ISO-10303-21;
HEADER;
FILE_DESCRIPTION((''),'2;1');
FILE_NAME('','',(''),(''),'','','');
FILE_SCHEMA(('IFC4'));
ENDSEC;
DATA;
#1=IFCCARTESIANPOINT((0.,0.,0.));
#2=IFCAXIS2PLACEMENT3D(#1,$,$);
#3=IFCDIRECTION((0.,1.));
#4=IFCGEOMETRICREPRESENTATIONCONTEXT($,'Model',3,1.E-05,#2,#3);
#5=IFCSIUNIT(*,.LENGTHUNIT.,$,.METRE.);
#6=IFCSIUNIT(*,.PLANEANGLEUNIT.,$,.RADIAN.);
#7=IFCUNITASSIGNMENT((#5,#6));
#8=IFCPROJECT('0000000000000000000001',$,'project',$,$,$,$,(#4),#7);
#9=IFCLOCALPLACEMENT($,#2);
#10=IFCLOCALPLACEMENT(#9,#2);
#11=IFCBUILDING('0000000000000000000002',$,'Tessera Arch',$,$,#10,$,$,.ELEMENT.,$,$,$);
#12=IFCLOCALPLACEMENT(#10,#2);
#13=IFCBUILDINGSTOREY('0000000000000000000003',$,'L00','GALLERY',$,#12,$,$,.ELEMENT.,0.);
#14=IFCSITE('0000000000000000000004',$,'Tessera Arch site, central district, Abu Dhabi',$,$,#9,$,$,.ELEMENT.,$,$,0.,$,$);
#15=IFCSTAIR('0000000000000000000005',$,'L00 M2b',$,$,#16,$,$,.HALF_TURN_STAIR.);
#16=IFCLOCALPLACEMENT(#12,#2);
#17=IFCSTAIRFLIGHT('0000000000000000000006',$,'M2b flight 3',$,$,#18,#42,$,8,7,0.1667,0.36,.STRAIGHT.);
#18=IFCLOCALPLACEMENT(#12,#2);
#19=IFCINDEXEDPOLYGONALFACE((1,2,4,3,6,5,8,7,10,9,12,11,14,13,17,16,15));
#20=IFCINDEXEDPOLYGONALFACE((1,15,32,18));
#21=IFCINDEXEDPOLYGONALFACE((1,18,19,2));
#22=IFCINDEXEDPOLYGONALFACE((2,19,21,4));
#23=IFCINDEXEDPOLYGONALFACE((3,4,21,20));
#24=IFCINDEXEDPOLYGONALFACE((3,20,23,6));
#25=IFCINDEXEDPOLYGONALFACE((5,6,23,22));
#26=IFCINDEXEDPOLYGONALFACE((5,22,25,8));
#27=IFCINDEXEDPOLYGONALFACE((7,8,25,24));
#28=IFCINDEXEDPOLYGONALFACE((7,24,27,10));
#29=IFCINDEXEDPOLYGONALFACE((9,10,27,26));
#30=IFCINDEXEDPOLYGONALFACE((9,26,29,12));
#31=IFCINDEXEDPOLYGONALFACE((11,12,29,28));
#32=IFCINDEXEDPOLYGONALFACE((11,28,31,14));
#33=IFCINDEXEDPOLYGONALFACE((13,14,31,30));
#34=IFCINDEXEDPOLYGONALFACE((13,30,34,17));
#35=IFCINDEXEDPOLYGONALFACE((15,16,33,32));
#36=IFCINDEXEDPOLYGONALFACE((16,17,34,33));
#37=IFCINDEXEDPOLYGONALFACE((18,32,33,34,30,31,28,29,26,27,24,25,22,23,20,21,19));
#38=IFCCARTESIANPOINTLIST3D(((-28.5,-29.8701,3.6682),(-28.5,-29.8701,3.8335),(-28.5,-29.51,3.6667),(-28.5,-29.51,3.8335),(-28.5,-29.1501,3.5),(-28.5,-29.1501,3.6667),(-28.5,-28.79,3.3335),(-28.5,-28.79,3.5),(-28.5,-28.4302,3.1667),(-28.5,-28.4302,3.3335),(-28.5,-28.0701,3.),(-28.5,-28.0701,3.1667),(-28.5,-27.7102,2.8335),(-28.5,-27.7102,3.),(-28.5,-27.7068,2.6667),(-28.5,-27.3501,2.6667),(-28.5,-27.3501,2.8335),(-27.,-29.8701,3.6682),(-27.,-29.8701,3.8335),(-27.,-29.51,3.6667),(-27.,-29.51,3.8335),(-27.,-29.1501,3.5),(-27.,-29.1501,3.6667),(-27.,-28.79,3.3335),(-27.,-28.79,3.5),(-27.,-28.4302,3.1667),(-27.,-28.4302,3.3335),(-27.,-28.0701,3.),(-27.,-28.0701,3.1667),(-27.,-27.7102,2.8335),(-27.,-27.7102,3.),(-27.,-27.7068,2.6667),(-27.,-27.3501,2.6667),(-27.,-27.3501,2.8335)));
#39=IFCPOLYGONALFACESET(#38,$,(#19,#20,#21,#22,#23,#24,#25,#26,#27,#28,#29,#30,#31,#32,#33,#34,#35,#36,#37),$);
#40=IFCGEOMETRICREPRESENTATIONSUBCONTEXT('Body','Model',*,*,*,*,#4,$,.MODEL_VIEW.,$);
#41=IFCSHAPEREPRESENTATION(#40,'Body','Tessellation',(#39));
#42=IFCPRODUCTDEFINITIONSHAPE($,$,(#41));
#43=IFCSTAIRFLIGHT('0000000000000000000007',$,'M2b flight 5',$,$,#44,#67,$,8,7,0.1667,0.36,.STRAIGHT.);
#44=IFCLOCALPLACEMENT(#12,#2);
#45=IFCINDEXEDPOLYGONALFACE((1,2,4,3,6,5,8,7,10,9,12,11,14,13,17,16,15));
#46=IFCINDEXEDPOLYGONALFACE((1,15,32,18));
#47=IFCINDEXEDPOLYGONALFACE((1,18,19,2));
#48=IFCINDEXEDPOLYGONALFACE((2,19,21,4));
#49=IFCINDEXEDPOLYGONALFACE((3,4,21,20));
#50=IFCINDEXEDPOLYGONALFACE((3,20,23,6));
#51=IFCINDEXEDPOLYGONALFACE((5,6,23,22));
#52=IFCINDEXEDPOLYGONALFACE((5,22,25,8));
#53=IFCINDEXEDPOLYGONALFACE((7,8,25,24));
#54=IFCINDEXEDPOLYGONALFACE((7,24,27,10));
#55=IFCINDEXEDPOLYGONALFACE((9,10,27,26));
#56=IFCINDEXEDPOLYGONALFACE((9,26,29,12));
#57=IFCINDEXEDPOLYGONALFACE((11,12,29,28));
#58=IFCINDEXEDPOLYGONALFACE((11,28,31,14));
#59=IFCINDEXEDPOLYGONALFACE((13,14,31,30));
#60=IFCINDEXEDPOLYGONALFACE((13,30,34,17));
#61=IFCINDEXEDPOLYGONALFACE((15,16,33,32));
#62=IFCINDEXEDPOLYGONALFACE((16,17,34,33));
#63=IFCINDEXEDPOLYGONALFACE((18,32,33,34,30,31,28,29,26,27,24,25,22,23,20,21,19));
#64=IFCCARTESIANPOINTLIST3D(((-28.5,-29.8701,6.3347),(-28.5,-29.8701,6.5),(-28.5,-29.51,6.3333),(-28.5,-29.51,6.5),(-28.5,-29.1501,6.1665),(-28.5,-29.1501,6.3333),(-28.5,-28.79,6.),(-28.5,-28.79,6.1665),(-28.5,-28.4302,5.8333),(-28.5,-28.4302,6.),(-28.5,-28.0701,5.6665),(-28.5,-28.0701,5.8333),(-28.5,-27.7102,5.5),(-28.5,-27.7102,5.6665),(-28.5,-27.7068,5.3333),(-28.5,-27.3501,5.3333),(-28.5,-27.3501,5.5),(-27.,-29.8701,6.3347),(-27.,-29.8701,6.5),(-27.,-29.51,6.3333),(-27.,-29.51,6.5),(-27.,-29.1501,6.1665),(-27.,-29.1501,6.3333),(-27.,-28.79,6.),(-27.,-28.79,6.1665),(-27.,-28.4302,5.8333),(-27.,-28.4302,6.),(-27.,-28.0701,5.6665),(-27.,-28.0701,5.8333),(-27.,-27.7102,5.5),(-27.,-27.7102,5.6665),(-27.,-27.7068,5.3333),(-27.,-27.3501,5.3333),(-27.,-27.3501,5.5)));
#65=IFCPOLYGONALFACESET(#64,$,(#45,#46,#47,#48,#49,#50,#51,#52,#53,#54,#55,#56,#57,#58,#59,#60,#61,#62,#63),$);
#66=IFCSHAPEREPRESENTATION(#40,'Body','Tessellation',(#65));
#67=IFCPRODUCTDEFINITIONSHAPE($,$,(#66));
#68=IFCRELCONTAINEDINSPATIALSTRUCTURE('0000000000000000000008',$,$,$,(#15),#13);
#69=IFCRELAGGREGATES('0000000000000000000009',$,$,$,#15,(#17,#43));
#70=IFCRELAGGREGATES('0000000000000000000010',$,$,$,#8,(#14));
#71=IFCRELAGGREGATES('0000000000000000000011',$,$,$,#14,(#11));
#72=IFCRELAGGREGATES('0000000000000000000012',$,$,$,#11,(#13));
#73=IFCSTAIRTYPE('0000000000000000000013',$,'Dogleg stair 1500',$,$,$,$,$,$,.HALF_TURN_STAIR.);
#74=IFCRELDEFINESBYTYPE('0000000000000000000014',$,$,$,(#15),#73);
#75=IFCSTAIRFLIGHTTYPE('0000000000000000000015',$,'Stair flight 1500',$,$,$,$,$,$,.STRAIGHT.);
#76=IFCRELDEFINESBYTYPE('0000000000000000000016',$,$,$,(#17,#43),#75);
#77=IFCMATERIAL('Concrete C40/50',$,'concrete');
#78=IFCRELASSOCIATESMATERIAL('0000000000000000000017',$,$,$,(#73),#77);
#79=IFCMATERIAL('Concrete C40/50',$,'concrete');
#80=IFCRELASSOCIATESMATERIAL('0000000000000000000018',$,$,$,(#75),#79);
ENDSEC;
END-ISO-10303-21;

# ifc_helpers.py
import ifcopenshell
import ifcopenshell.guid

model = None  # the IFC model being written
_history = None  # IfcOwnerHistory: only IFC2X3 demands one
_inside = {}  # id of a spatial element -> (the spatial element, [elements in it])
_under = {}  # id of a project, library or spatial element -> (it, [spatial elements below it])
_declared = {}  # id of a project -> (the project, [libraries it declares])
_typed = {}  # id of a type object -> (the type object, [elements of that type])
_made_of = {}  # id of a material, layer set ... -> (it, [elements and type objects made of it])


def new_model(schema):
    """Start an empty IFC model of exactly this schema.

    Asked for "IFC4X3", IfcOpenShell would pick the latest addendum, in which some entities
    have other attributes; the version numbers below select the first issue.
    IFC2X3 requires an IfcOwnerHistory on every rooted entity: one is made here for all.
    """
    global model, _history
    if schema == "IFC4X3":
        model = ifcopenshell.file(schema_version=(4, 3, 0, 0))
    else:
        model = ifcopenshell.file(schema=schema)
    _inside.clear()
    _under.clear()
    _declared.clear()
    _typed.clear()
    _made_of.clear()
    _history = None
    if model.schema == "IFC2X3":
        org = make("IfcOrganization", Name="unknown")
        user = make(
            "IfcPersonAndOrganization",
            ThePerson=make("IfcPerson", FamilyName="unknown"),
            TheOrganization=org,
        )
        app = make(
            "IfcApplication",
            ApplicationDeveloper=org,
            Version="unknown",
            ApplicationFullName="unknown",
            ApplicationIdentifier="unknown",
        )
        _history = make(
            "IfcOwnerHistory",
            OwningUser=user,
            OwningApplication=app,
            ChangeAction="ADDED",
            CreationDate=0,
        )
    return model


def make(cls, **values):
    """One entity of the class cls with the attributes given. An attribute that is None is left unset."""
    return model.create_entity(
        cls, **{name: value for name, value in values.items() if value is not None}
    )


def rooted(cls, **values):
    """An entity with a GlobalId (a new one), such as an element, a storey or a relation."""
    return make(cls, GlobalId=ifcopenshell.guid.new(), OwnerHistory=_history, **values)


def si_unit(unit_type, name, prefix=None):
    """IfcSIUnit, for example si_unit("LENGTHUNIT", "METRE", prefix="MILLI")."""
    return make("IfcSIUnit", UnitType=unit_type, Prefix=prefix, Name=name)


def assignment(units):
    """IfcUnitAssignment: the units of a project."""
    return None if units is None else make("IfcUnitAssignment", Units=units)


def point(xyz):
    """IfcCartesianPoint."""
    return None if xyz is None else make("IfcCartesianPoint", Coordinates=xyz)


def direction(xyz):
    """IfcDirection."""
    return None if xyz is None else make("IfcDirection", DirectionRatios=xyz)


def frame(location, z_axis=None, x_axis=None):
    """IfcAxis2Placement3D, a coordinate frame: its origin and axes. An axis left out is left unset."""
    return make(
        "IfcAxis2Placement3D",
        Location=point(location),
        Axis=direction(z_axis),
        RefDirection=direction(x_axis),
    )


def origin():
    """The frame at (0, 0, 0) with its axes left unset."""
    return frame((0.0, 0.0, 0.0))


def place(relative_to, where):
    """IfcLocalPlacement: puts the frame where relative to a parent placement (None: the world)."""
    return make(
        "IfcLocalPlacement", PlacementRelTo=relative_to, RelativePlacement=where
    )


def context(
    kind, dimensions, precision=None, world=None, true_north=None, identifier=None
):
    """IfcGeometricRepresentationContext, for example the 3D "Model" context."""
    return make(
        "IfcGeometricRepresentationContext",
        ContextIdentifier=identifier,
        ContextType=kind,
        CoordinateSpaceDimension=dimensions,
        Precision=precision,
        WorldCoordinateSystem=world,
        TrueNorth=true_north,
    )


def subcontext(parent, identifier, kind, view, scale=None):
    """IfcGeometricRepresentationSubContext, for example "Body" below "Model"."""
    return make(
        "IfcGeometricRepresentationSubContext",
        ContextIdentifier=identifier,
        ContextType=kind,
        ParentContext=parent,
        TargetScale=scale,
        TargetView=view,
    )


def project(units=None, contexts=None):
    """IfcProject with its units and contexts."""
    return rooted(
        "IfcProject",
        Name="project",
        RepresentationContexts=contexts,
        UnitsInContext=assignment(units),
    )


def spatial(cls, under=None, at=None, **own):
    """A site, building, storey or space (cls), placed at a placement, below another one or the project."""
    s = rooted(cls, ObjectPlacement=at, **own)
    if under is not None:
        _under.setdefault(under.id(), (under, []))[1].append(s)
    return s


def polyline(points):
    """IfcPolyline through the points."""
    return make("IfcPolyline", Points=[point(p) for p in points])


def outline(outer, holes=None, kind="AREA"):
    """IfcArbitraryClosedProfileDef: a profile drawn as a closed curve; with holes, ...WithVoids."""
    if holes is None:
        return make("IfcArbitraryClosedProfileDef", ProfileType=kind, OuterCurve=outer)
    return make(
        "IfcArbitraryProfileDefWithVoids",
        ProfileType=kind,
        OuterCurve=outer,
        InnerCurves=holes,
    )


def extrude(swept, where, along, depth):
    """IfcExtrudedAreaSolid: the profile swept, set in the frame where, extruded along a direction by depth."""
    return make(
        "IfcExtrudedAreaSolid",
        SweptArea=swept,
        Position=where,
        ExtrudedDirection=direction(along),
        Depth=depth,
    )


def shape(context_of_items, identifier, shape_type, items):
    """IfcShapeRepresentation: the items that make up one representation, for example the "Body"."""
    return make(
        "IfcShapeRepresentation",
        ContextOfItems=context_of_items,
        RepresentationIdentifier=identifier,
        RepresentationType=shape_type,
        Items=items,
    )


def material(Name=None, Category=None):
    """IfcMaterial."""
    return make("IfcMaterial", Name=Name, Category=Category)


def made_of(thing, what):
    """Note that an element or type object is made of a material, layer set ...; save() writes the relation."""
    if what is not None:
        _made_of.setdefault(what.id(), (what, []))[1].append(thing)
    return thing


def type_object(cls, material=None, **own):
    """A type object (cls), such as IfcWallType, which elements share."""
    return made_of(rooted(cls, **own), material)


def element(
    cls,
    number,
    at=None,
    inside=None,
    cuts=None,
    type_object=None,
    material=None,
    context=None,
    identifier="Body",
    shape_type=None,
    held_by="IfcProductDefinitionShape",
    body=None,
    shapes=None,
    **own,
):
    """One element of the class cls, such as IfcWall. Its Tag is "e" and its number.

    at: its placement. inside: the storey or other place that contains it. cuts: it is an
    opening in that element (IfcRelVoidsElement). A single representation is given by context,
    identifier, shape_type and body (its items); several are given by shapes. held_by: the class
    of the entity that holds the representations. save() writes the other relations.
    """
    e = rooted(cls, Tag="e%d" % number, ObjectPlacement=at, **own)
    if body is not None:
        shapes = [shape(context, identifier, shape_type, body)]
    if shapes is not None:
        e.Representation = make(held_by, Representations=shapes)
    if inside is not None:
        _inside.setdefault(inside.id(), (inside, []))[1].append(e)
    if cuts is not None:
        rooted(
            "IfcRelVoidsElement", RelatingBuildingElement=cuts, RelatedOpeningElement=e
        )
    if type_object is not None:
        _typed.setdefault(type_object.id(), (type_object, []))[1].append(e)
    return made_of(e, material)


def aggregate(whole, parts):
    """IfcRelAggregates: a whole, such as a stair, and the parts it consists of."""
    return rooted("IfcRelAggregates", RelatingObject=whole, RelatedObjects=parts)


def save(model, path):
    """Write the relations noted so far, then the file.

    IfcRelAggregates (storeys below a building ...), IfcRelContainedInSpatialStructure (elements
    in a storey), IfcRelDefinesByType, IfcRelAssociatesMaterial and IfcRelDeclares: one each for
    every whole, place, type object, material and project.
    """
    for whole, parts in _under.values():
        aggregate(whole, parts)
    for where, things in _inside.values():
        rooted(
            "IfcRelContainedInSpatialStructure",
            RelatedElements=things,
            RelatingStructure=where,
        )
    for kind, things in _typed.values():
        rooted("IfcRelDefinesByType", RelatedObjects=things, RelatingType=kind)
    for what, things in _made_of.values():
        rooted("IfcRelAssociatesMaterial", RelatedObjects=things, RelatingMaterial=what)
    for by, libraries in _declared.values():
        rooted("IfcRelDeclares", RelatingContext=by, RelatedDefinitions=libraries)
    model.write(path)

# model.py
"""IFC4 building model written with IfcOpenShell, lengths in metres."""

from ifc_helpers import new_model, si_unit, direction, frame, origin, place, context, subcontext, project, spatial, polyline, outline, extrude, material, type_object, element, aggregate, save


model = new_model("IFC4")

# Units and contexts
model_context = context("Model", 3, precision=1e-05, world=origin(), true_north=direction((0.0, 1.0)))
body_context = subcontext(model_context, "Body", "Model", "MODEL_VIEW")
ifc_project = project(units=[si_unit("LENGTHUNIT", "METRE"), si_unit("PLANEANGLEUNIT", "RADIAN")], contexts=[model_context])

# Site, building, storey
site_placement = place(None, origin())
site = spatial("IfcSite", under=ifc_project, at=site_placement, Name="Tessera Arch site, central district, Abu Dhabi", CompositionType="ELEMENT", RefElevation=0.0)
building_placement = place(site_placement, origin())
building = spatial("IfcBuilding", under=site, at=building_placement, Name="Tessera Arch", CompositionType="ELEMENT")
storey_placement = place(building_placement, origin())
storey = spatial("IfcBuildingStorey", under=building, at=storey_placement, Name="L00", Description="GALLERY", CompositionType="ELEMENT", Elevation=0.0)

# Stair, stair flights
ifc_material_1 = material(Name="Concrete C40/50", Category="concrete")
stair_type = type_object("IfcStairType", Name="Dogleg stair 1500", PredefinedType="HALF_TURN_STAIR", material=ifc_material_1)
ifc_material_2 = material(Name="Concrete C40/50", Category="concrete")
stair_flight_type = type_object("IfcStairFlightType", Name="Stair flight 1500", PredefinedType="STRAIGHT", material=ifc_material_2)
stair_1_placement = place(storey_placement, origin())
stair_1 = element("IfcStair", 1, at=stair_1_placement, inside=storey, type_object=stair_type, Name="L00 M2b", PredefinedType="HALF_TURN_STAIR")
stair_flight_1_placement = place(storey_placement, frame((-27.75, -27.3501, 2.6667), z_axis=(0.0, 0.0, 1.0), x_axis=(0.0, -1.0, 0.0)))
stair_flight_1 = element("IfcStairFlight", 2, at=stair_flight_1_placement, type_object=stair_flight_type, Name="M2b flight 3", NumberOfRisers=8, NumberOfTreads=7, PredefinedType="STRAIGHT", RiserHeight=0.1667, TreadLength=0.36, context=body_context, shape_type="SweptSolid", body=[
    extrude(outline(polyline([(0.0, 0.0), (0.0, 0.1667), (0.3601, 0.1667), (0.3601, 0.3333), (0.72, 0.3333), (0.72, 0.5), (1.0801, 0.5), (1.0801, 0.6667), (1.4399, 0.6667), (1.4399, 0.8333), (1.8, 0.8333), (1.8, 1.0), (2.1599, 1.0), (2.1599, 1.1667), (2.52, 1.1667), (2.52, 1.3333), (2.52, 1.0015), (0.3567, 0.0), (0.0, 0.0)])), frame((0.0, 0.75, 0.0), z_axis=(0.0, -1.0, 0.0), x_axis=(1.0, 0.0, 0.0)), (0.0, 0.0, 1.0), 1.5),
])
stair_flight_2_placement = place(storey_placement, frame((-27.75, -27.3501, 5.3333), z_axis=(0.0, 0.0, 1.0), x_axis=(0.0, -1.0, 0.0)))
stair_flight_2 = element("IfcStairFlight", 3, at=stair_flight_2_placement, type_object=stair_flight_type, Name="M2b flight 5", NumberOfRisers=8, NumberOfTreads=7, PredefinedType="STRAIGHT", RiserHeight=0.1667, TreadLength=0.36, context=body_context, shape_type="SweptSolid", body=[
    extrude(outline(polyline([(0.0, 0.0), (0.0, 0.1667), (0.3601, 0.1667), (0.3601, 0.3333), (0.72, 0.3333), (0.72, 0.5), (1.0801, 0.5), (1.0801, 0.6667), (1.4399, 0.6667), (1.4399, 0.8333), (1.8, 0.8333), (1.8, 1.0), (2.1599, 1.0), (2.1599, 1.1667), (2.52, 1.1667), (2.52, 1.3333), (2.52, 1.0015), (0.3567, 0.0), (0.0, 0.0)])), frame((0.0, 0.75, 0.0), z_axis=(0.0, -1.0, 0.0), x_axis=(1.0, 0.0, 0.0)), (0.0, 0.0, 1.0), 1.5),
])
aggregate(stair_1, [stair_flight_1, stair_flight_2])

save(model, "model.ifc")
